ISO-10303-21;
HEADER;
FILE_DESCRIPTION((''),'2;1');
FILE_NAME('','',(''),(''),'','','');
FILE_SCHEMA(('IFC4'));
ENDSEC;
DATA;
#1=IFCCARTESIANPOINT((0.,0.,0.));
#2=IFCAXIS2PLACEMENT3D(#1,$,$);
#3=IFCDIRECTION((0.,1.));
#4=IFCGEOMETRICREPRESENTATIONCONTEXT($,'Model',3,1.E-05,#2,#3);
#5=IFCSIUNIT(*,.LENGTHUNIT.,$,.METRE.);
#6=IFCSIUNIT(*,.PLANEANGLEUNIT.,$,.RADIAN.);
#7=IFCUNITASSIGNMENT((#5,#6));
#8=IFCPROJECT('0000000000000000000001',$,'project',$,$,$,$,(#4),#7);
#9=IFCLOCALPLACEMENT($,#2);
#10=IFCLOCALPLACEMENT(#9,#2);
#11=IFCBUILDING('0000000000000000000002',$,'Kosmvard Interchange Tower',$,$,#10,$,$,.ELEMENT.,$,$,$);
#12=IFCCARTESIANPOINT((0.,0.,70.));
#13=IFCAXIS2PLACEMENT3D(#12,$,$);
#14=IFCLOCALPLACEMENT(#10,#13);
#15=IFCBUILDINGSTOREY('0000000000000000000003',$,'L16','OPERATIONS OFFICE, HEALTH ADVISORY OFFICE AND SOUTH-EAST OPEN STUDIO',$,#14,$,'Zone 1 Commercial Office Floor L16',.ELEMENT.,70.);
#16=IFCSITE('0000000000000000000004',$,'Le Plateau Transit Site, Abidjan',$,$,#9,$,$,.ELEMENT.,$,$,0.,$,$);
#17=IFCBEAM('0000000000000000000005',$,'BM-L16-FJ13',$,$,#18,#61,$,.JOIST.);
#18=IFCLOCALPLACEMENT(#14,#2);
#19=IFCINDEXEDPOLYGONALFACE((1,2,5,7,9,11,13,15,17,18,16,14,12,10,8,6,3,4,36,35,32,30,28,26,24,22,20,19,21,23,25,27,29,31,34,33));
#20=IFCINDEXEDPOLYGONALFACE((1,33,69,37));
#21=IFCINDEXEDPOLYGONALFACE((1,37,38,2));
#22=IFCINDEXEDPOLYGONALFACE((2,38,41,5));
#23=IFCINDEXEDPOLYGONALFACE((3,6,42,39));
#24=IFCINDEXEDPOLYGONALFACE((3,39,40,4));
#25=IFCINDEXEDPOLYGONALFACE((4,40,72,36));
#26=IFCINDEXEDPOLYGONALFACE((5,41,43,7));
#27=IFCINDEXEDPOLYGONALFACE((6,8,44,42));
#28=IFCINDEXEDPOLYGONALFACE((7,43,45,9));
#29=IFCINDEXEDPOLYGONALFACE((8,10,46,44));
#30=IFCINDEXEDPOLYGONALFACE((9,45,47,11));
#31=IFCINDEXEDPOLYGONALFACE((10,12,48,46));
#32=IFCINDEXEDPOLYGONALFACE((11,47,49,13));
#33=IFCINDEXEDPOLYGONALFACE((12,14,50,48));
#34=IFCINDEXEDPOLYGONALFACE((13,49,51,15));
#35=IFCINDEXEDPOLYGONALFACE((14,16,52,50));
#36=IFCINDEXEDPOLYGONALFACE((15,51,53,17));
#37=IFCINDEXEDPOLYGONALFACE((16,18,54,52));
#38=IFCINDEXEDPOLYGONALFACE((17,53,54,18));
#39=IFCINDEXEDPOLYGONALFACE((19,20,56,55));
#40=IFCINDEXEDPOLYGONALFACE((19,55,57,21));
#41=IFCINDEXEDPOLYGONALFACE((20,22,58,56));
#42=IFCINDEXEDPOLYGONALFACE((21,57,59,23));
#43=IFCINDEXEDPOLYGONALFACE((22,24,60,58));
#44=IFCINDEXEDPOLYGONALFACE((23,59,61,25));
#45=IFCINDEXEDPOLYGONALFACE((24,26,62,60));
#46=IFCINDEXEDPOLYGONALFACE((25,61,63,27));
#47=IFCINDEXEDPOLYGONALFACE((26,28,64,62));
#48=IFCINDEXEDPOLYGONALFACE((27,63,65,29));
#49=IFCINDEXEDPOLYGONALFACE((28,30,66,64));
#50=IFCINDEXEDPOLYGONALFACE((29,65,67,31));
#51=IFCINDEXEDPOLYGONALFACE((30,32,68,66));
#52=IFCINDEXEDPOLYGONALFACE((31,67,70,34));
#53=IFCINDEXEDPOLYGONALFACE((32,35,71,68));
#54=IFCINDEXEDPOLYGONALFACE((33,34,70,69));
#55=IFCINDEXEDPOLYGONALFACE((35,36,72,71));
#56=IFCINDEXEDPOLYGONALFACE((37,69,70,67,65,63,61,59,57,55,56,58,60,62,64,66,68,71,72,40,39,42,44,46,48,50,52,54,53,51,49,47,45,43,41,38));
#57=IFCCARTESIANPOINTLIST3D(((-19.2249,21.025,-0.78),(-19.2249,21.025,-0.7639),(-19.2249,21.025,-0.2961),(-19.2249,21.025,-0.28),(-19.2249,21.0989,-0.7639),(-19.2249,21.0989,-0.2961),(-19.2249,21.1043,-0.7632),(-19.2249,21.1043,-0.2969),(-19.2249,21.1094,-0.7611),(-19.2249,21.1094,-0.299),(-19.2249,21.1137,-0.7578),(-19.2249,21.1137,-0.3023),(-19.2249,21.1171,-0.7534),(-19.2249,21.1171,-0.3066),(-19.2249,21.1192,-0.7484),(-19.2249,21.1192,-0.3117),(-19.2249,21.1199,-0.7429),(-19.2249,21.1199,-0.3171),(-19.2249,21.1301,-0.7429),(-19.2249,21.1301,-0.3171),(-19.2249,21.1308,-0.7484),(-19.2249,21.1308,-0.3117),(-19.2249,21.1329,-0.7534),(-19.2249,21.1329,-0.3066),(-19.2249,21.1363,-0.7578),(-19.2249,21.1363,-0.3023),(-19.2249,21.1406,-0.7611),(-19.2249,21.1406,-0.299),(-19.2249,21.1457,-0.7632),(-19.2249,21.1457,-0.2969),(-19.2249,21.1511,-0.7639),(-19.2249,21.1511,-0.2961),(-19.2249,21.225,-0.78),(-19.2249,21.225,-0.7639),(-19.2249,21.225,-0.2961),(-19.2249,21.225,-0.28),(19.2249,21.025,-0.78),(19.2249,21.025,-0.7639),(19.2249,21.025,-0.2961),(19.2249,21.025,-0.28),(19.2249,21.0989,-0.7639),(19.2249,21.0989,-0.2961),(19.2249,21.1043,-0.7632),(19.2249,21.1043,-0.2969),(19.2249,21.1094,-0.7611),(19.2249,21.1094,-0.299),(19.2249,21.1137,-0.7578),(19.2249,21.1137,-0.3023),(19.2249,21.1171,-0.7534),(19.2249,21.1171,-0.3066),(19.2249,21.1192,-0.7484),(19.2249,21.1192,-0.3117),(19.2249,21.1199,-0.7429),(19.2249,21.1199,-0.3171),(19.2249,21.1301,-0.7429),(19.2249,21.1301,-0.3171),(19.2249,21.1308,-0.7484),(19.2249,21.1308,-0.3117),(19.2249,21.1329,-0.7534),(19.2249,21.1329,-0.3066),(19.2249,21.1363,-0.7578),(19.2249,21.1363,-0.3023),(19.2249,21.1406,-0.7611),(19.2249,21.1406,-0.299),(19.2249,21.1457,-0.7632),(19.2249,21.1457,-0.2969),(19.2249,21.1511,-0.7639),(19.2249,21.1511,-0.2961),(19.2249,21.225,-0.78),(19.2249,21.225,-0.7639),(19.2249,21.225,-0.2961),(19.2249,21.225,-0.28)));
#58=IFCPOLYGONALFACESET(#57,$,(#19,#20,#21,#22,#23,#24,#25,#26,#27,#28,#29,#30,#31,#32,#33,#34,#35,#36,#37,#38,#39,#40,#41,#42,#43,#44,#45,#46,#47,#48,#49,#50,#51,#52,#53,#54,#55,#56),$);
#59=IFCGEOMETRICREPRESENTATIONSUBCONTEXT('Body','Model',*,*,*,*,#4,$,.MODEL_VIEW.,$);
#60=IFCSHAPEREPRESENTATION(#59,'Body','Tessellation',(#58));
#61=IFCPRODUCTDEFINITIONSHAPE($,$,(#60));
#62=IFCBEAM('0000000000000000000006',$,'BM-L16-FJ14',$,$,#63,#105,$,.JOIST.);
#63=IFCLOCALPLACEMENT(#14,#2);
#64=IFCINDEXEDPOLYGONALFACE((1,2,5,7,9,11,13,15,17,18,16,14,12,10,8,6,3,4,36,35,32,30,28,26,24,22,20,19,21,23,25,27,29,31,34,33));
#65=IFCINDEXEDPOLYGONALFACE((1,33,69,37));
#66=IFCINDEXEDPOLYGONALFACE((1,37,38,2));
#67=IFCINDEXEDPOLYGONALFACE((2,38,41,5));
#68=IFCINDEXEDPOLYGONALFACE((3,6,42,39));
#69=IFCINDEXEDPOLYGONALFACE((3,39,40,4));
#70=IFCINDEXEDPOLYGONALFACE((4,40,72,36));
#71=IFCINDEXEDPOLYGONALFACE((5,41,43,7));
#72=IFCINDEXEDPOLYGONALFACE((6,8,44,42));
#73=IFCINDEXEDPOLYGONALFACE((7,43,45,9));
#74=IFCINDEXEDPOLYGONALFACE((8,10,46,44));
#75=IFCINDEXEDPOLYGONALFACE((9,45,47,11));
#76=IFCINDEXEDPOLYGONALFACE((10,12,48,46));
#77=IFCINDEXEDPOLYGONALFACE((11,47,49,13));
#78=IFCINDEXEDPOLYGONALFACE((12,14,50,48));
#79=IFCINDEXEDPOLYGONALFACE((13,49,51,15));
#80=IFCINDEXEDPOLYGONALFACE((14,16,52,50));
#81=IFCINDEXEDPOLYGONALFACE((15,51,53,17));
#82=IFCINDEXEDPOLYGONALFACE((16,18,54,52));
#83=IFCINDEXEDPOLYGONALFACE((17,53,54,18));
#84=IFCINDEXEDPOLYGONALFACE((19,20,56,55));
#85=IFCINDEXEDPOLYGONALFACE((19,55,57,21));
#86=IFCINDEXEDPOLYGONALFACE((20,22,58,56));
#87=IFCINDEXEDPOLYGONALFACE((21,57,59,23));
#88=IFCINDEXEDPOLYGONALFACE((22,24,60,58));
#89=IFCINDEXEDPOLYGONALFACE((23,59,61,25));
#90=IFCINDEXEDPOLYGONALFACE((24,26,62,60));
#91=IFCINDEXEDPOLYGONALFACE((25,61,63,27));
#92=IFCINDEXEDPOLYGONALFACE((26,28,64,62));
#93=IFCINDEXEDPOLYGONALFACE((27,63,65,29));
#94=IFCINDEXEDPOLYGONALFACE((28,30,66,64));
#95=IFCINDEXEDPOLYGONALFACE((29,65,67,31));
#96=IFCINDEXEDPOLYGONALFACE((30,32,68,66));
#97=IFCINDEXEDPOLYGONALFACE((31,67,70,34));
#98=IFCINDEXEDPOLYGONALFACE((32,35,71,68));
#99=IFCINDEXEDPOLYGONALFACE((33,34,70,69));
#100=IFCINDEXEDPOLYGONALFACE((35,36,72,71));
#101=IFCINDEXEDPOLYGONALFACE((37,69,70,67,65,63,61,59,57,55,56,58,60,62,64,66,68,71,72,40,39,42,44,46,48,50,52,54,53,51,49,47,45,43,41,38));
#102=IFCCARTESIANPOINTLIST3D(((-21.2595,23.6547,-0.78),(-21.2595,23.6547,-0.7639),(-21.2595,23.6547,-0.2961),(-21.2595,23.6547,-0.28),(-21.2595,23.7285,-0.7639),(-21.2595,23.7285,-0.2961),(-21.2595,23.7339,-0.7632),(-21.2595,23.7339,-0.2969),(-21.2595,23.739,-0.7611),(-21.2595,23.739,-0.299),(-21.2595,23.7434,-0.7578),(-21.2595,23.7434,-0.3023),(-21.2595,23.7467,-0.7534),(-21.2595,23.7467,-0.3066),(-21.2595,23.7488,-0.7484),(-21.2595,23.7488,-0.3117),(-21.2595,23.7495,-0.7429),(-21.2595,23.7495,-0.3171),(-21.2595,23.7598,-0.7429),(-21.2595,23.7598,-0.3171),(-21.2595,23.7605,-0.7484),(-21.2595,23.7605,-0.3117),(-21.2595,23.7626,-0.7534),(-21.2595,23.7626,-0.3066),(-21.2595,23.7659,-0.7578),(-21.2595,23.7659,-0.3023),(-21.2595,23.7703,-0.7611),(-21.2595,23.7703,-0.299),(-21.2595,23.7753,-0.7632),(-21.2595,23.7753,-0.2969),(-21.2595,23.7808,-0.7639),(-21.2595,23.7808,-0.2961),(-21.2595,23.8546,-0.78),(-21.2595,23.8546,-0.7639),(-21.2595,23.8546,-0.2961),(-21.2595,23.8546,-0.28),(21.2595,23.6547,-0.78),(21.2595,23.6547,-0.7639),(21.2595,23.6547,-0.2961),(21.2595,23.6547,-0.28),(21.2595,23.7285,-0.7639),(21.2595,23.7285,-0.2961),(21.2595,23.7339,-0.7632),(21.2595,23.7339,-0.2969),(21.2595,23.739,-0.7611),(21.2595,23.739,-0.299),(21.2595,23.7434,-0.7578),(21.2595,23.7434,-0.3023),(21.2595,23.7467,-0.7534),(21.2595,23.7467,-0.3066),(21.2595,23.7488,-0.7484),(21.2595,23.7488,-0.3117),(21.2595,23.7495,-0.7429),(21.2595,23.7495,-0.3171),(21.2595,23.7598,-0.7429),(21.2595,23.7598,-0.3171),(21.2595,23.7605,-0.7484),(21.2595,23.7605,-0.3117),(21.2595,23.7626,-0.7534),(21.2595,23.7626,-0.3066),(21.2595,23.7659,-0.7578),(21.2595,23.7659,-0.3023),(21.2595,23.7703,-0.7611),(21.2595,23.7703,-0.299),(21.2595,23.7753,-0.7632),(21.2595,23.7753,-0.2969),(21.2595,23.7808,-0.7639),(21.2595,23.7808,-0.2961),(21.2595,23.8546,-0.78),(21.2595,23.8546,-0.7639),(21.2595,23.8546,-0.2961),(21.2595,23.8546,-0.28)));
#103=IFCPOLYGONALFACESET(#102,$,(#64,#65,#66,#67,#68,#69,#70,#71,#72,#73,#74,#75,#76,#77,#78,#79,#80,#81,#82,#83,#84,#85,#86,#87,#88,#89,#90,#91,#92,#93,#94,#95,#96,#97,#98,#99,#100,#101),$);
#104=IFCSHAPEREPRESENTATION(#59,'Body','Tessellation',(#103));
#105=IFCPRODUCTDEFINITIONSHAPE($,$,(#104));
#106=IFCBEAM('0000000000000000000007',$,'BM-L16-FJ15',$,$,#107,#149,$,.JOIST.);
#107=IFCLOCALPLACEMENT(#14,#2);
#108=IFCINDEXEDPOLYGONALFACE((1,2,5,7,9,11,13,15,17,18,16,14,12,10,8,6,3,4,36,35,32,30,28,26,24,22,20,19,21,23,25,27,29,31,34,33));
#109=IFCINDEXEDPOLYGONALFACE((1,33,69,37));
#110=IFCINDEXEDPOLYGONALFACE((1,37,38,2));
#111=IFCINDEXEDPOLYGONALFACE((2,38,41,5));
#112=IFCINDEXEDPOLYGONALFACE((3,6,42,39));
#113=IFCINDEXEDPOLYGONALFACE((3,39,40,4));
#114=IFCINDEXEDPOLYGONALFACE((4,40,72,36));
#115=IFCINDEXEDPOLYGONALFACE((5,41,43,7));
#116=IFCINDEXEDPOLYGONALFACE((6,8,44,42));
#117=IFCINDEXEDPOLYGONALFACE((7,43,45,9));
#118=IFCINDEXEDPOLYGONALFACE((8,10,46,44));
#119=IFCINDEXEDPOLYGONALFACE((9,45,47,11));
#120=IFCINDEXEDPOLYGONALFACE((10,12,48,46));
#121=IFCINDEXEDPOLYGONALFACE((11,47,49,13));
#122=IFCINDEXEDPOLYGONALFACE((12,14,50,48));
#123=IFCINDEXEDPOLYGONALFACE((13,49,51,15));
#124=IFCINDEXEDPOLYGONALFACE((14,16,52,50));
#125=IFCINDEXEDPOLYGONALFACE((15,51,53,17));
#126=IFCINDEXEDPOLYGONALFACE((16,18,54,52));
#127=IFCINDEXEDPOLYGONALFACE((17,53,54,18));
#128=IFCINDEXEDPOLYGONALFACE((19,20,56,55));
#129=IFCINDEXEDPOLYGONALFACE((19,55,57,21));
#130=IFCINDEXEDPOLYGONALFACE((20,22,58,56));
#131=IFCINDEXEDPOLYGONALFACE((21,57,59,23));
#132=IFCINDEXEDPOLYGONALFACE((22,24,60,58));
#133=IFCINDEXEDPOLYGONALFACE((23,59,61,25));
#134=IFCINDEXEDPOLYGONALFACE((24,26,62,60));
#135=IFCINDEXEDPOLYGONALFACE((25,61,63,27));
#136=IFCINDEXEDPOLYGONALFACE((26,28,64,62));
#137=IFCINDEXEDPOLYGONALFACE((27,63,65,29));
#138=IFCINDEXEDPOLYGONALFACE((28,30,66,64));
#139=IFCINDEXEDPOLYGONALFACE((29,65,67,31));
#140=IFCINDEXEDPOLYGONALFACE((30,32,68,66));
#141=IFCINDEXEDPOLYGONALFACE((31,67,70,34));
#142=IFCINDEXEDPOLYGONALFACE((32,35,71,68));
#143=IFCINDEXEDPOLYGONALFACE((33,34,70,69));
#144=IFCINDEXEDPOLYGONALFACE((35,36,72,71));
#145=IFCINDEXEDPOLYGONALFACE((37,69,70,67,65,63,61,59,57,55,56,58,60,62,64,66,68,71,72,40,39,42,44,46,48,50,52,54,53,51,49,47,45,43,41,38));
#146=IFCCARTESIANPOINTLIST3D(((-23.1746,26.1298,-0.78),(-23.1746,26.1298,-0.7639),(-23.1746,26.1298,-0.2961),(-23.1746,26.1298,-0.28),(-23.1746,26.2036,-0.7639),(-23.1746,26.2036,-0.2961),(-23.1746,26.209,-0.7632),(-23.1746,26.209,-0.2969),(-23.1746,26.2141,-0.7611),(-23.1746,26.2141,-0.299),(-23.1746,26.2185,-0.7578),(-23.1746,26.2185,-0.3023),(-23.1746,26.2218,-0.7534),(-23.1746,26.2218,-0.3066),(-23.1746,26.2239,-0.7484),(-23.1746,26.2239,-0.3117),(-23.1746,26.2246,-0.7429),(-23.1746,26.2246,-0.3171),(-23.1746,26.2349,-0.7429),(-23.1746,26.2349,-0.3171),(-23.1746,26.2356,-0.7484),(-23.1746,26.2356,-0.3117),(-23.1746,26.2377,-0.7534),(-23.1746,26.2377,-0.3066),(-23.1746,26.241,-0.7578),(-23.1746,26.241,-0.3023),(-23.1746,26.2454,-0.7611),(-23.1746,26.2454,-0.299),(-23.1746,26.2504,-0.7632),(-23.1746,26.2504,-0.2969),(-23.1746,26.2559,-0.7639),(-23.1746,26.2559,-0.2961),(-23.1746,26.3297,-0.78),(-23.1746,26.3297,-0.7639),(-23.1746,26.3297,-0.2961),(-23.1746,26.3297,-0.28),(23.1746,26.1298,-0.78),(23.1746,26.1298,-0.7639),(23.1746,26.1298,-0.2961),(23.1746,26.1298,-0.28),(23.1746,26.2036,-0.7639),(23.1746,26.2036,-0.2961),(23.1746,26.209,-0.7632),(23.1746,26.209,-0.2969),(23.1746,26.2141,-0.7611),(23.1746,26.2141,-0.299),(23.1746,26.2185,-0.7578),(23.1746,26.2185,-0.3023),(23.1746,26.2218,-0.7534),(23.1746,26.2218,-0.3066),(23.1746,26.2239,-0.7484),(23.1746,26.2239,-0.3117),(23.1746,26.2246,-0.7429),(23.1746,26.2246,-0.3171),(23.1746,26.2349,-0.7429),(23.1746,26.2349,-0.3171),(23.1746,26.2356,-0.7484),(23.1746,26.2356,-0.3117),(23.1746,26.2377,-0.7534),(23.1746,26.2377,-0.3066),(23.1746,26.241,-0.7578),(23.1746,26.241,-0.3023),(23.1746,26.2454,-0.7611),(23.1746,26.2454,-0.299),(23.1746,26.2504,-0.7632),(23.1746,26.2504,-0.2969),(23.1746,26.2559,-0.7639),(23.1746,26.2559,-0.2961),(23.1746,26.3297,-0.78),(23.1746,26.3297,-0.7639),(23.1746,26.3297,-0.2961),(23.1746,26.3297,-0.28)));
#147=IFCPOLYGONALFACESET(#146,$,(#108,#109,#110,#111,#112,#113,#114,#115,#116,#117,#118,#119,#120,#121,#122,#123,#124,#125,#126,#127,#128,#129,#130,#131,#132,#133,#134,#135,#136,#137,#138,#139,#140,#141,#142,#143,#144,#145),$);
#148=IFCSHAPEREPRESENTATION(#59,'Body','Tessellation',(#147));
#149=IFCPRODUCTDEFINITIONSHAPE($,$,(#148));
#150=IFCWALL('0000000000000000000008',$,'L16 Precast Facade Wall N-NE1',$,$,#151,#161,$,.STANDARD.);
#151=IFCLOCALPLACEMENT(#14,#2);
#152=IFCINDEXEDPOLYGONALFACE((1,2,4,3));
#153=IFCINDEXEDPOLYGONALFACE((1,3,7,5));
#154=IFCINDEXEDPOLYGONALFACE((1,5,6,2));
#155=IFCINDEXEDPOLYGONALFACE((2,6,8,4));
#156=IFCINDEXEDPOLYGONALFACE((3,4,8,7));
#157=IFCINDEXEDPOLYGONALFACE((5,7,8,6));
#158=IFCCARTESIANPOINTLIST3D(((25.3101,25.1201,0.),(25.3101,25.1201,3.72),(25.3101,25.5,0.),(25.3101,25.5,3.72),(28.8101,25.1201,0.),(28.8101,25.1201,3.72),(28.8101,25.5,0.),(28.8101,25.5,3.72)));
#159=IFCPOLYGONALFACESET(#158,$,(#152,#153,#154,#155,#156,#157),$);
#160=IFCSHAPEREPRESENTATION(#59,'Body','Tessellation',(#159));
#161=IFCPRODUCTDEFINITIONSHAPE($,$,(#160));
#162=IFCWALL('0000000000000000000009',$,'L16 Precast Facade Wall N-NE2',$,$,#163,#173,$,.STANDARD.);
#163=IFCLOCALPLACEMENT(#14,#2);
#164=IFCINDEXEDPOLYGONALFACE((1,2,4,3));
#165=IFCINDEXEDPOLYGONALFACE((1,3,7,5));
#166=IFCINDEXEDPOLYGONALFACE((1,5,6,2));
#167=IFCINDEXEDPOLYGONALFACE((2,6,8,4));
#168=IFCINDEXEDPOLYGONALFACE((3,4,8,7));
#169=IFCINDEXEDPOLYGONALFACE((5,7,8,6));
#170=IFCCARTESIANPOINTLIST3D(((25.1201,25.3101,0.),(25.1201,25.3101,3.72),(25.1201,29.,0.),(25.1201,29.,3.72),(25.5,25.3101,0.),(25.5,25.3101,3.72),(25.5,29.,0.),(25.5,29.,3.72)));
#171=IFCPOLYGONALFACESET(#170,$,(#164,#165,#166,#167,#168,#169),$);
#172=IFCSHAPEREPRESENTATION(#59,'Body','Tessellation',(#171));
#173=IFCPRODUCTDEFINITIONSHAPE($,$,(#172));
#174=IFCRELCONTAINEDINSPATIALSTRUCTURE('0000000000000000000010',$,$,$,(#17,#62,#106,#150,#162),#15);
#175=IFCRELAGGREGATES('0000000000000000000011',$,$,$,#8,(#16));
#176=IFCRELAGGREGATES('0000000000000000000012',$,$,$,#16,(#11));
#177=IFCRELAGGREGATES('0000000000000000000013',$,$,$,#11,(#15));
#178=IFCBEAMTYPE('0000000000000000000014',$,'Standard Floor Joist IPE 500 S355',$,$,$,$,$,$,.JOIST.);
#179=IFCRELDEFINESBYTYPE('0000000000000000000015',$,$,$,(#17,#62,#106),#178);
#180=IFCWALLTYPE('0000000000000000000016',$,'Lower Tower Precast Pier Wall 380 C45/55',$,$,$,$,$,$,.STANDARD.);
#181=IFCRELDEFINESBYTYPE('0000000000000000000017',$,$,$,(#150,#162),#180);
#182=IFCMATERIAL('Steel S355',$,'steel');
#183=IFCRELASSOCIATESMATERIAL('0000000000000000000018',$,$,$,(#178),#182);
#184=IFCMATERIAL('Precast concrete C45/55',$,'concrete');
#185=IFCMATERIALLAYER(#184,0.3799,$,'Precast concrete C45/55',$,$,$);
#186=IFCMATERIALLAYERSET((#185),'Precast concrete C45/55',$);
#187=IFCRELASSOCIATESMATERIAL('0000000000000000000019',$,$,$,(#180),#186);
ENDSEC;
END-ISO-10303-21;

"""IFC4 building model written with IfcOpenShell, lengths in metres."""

from ifc_helpers import new_model, si_unit, direction, frame, frame_2d, origin, origin_2d, place, context, subcontext, project, spatial, rectangle, i_section, extrude, source, transform, mapped, material, layer, layer_set, material_profile, profile_set, type_object, element, save


model = new_model("IFC4")

# Units and contexts
model_context = context("Model", 3, precision=1e-05, world=origin(), true_north=direction((0.0, 1.0)))
body_context = subcontext(model_context, "Body", "Model", "MODEL_VIEW")
ifc_project = project(units=[si_unit("LENGTHUNIT", "METRE"), si_unit("PLANEANGLEUNIT", "RADIAN")], contexts=[model_context])

# Site, building, storey
site_placement = place(None, origin())
site = spatial("IfcSite", under=ifc_project, at=site_placement, Name="Le Plateau Transit Site, Abidjan", CompositionType="ELEMENT", RefElevation=0.0)
building_placement = place(site_placement, origin())
building = spatial("IfcBuilding", under=site, at=building_placement, Name="Kosmvard Interchange Tower", CompositionType="ELEMENT")
storey_placement = place(building_placement, frame((0.0, 0.0, 70.0)))
storey = spatial("IfcBuildingStorey", under=building, at=storey_placement, Name="L16", Description="OPERATIONS OFFICE, HEALTH ADVISORY OFFICE AND SOUTH-EAST OPEN STUDIO", LongName="Zone 1 Commercial Office Floor L16", CompositionType="ELEMENT", Elevation=70.0)

# Beams
ifc_material_1 = material(Name="Steel S355", Category="steel")
ifc_material_2 = material(Name="Precast concrete C45/55", Category="concrete")
ifc_material_profile_1 = material_profile(ifc_material_1, i_section(OverallWidth=0.2, OverallDepth=0.5, WebThickness=0.0103, FlangeThickness=0.0161, FilletRadius=0.021, at=origin_2d()), Name="IPE 500")
ifc_profile_set_1 = profile_set([ifc_material_profile_1], Name="Steel S355")
beam_type_1 = type_object("IfcBeamType", Name="Standard Floor Joist IPE 500 S355", PredefinedType="JOIST", material=ifc_profile_set_1)
shared_shape_1 = source(origin(), body_context, "Body", "SweptSolid", [
    extrude(i_section(OverallWidth=0.2, OverallDepth=0.5, WebThickness=0.0103, FlangeThickness=0.0161, FilletRadius=0.021, at=origin_2d()), origin(), (0.0, 0.0, 1.0), 38.4497),
])
beam_1_placement = place(storey_placement, frame((19.2249, 21.125, -0.53), z_axis=(-1.0, 0.0, 0.0), x_axis=(0.0, -1.0, 0.0)))
element("IfcBeam", 1, at=beam_1_placement, inside=storey, type_object=beam_type_1, Name="BM-L16-FJ13", PredefinedType="JOIST", context=body_context, shape_type="MappedRepresentation", body=[
    mapped(shared_shape_1, transform((0.0, 0.0, 0.0), scale=1.0)),
])
shared_shape_2 = source(origin(), body_context, "Body", "SweptSolid", [
    extrude(i_section(OverallWidth=0.2, OverallDepth=0.5, WebThickness=0.0103, FlangeThickness=0.0161, FilletRadius=0.021, at=origin_2d()), origin(), (0.0, 0.0, 1.0), 42.519),
])
beam_2_placement = place(storey_placement, frame((21.2595, 23.7546, -0.53), z_axis=(-1.0, 0.0, 0.0), x_axis=(0.0, -1.0, 0.0)))
element("IfcBeam", 2, at=beam_2_placement, inside=storey, type_object=beam_type_1, Name="BM-L16-FJ14", PredefinedType="JOIST", context=body_context, shape_type="MappedRepresentation", body=[
    mapped(shared_shape_2, transform((0.0, 0.0, 0.0), scale=1.0)),
])
shared_shape_3 = source(origin(), body_context, "Body", "SweptSolid", [
    extrude(i_section(OverallWidth=0.2, OverallDepth=0.5, WebThickness=0.0103, FlangeThickness=0.0161, FilletRadius=0.021, at=origin_2d()), origin(), (0.0, 0.0, 1.0), 46.3491),
])
beam_3_placement = place(storey_placement, frame((23.1746, 26.2297, -0.53), z_axis=(-1.0, 0.0, 0.0), x_axis=(0.0, -1.0, 0.0)))
element("IfcBeam", 3, at=beam_3_placement, inside=storey, type_object=beam_type_1, Name="BM-L16-FJ15", PredefinedType="JOIST", context=body_context, shape_type="MappedRepresentation", body=[
    mapped(shared_shape_3, transform((0.0, 0.0, 0.0), scale=1.0)),
])

# Walls
ifc_layer_1 = layer(ifc_material_2, 0.3799, Name="Precast concrete C45/55")
ifc_layer_set_1 = layer_set([ifc_layer_1], Name="Precast concrete C45/55")
wall_type = type_object("IfcWallType", Name="Lower Tower Precast Pier Wall 380 C45/55", PredefinedType="STANDARD", material=ifc_layer_set_1)
wall_1_placement = place(storey_placement, frame((28.8101, 25.3101, 0.0), z_axis=(0.0, 0.0, 1.0), x_axis=(-1.0, 0.0, 0.0)))
element("IfcWall", 4, at=wall_1_placement, inside=storey, type_object=wall_type, Name="L16 Precast Facade Wall N-NE1", PredefinedType="STANDARD", context=body_context, shape_type="SweptSolid", body=[
    extrude(rectangle(XDim=3.5, YDim=0.3799, at=frame_2d((1.75, 0.0))), origin(), (0.0, 0.0, 1.0), 3.72),
])
wall_2_placement = place(storey_placement, frame((25.3101, 25.3101, 0.0), z_axis=(0.0, 0.0, 1.0), x_axis=(0.0, 1.0, 0.0)))
element("IfcWall", 5, at=wall_2_placement, inside=storey, type_object=wall_type, Name="L16 Precast Facade Wall N-NE2", PredefinedType="STANDARD", context=body_context, shape_type="SweptSolid", body=[
    extrude(rectangle(XDim=3.6899, YDim=0.3799, at=frame_2d((1.845, 0.0))), origin(), (0.0, 0.0, 1.0), 3.72),
])

save(model, "model.ifc")
